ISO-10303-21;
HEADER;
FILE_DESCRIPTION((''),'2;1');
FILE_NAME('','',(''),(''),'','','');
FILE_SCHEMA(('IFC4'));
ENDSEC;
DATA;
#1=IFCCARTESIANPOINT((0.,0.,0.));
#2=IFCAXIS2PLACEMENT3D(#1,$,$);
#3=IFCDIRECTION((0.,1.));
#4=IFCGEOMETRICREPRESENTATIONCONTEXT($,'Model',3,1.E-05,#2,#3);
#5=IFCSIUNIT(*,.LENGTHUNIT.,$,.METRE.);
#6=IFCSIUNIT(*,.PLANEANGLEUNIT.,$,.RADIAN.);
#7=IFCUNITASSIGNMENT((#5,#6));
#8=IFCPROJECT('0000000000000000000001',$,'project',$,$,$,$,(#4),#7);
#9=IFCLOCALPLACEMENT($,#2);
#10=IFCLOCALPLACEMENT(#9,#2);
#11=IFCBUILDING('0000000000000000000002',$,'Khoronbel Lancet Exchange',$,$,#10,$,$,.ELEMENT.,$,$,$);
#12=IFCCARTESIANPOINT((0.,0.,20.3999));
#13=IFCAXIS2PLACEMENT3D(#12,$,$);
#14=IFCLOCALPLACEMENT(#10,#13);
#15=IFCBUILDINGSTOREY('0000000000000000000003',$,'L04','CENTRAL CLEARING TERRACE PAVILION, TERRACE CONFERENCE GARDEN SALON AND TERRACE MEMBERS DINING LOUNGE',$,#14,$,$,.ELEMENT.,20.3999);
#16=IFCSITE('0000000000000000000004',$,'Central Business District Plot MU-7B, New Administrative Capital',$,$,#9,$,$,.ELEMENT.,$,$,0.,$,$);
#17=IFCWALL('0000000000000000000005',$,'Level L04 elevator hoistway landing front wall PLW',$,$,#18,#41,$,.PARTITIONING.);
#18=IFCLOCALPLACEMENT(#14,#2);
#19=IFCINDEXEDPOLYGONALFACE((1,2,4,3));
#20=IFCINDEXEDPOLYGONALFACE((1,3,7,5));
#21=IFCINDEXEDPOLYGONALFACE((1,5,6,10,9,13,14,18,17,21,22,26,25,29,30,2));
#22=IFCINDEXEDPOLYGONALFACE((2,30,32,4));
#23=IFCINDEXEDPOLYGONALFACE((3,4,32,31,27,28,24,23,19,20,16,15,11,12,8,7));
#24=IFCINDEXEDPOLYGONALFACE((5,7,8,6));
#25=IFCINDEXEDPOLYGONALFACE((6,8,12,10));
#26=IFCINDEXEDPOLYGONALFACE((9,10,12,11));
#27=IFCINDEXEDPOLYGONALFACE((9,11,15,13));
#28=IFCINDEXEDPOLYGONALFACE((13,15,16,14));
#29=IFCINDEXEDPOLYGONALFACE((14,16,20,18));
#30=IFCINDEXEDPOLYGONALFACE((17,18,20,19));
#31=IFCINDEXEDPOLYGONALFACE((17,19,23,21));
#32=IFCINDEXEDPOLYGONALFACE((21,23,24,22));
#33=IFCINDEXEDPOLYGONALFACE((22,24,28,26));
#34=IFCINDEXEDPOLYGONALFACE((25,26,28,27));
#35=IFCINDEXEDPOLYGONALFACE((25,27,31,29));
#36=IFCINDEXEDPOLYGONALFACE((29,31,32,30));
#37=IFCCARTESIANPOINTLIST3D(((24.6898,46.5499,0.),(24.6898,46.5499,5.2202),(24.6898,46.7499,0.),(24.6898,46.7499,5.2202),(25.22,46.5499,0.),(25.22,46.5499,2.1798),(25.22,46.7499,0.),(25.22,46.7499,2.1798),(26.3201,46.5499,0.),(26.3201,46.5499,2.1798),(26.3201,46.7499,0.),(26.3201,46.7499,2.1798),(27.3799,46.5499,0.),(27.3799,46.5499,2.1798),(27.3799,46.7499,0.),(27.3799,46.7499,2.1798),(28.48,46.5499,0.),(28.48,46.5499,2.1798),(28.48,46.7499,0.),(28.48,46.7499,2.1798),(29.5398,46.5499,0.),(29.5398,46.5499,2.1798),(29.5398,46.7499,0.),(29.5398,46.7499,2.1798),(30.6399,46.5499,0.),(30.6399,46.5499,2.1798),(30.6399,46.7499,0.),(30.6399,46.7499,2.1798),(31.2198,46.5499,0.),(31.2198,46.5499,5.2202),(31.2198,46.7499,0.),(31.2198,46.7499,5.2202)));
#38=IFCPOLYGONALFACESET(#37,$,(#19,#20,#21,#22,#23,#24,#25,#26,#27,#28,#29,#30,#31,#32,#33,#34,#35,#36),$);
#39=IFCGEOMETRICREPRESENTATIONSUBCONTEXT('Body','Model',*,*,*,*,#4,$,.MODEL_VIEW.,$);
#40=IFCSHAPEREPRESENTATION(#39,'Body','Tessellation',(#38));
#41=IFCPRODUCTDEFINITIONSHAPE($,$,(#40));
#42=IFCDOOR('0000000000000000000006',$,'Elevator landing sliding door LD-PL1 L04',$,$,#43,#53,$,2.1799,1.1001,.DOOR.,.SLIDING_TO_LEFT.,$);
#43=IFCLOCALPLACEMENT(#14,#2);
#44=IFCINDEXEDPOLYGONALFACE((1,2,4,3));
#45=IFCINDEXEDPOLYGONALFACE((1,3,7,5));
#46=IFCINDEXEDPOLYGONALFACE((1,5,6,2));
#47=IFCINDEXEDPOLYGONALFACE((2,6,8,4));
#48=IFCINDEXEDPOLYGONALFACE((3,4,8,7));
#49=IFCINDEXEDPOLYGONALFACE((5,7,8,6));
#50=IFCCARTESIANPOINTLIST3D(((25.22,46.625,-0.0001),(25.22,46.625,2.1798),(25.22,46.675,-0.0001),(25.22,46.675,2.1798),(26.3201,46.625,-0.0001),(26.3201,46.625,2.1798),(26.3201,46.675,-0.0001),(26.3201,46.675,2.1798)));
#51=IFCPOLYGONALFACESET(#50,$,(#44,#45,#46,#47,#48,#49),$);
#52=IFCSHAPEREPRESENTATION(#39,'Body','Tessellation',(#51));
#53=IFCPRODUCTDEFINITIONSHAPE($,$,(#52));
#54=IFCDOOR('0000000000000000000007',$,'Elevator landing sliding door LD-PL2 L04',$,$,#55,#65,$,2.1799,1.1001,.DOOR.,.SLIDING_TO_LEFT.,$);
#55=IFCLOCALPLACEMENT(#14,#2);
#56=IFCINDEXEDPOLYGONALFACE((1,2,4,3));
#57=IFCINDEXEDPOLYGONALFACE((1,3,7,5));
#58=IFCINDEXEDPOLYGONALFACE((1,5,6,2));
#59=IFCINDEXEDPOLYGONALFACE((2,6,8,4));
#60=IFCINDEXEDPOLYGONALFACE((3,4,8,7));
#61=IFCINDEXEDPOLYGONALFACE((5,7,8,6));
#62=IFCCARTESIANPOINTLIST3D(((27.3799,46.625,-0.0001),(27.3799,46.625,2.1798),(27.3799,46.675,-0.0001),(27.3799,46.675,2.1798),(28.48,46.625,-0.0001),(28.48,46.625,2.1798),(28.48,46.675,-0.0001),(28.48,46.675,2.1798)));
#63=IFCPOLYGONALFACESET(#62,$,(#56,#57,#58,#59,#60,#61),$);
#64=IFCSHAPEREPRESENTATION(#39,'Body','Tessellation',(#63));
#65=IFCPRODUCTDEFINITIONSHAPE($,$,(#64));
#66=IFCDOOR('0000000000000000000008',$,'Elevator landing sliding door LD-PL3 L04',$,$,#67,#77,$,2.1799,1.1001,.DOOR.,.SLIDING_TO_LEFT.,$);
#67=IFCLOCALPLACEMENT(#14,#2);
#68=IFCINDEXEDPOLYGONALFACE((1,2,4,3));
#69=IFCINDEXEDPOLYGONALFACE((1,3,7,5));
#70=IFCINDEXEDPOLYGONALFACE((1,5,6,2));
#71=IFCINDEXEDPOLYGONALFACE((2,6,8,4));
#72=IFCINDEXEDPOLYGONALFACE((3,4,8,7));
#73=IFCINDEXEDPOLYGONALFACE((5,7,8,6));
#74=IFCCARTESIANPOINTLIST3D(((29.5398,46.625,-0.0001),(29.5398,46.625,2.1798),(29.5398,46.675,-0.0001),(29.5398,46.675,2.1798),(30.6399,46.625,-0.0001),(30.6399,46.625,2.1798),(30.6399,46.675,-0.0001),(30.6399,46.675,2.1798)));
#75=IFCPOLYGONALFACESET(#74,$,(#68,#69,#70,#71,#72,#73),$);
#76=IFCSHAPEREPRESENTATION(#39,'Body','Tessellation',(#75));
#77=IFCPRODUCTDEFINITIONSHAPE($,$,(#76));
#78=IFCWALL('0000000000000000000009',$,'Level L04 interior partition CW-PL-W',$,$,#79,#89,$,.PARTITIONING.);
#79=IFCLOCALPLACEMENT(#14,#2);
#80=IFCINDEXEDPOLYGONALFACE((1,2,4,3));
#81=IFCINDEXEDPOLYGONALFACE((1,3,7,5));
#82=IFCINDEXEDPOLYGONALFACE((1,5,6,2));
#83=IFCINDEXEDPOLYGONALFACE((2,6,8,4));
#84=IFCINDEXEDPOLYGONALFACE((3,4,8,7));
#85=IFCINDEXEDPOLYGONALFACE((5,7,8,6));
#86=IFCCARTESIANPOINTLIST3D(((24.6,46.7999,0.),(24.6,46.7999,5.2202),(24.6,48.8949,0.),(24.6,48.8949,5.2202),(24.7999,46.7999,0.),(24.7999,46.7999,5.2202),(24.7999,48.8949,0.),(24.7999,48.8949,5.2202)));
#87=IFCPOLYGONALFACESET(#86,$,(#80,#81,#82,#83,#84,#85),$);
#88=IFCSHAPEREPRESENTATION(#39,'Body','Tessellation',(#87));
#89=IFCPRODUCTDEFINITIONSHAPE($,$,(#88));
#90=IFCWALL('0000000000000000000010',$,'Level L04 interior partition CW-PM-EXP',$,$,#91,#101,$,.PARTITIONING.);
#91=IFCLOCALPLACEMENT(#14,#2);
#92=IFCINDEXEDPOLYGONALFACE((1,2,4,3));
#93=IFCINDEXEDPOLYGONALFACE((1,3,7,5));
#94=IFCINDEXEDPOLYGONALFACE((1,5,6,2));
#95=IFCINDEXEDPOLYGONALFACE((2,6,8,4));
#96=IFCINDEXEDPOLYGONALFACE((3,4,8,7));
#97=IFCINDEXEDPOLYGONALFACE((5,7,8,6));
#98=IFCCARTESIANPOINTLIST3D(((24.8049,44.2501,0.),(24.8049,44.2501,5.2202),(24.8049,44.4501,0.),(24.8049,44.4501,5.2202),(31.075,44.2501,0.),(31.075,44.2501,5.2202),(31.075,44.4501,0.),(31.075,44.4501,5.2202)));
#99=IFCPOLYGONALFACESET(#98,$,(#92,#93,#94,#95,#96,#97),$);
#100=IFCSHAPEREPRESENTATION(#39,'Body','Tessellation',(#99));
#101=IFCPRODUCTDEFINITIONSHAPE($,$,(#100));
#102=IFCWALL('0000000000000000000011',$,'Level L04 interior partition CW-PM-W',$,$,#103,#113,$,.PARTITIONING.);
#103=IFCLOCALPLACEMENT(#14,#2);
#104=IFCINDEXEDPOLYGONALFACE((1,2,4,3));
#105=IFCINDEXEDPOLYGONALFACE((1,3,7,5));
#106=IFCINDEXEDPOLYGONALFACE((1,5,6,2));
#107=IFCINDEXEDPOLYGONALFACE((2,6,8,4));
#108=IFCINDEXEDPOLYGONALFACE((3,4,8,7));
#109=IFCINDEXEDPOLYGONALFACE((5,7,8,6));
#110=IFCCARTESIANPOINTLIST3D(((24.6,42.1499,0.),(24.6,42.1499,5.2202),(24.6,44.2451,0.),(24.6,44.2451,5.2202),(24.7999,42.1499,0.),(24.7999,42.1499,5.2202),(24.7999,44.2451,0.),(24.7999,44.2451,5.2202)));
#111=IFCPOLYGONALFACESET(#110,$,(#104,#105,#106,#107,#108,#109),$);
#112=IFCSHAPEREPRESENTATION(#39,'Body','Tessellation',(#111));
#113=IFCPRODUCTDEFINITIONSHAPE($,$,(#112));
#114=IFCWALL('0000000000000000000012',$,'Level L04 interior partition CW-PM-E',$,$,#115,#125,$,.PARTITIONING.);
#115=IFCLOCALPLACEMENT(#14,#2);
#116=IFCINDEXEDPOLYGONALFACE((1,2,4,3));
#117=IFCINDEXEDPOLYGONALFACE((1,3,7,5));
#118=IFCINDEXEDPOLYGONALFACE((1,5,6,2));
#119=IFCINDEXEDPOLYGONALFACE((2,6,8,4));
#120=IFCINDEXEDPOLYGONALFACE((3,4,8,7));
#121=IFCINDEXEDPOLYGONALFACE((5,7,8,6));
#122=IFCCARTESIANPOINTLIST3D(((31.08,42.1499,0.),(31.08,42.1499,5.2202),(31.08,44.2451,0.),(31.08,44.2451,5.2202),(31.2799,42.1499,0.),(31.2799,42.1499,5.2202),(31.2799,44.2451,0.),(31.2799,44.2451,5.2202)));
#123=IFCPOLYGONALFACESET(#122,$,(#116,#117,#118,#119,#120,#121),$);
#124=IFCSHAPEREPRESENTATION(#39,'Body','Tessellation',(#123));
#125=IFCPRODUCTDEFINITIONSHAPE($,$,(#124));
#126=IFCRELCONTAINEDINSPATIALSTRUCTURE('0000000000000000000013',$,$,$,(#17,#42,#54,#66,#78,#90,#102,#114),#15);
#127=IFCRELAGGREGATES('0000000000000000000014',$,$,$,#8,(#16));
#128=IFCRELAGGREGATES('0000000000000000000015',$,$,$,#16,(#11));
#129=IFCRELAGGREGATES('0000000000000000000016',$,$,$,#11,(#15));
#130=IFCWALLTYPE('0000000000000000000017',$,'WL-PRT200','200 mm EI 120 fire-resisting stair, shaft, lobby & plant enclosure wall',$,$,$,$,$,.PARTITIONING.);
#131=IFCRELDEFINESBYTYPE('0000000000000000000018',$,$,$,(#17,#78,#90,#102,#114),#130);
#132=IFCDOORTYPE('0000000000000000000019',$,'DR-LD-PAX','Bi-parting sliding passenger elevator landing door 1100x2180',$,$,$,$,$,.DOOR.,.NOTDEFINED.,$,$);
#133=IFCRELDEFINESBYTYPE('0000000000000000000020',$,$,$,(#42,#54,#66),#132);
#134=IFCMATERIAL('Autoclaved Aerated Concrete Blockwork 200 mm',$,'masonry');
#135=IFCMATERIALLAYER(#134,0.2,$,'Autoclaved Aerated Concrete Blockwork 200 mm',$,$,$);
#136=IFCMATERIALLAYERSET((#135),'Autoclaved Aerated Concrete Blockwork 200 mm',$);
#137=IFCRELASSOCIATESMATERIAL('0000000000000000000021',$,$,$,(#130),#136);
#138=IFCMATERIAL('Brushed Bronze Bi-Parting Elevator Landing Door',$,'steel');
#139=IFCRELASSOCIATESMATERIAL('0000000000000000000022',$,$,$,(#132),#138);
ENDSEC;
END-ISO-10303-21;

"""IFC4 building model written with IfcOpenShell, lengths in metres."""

from ifc_helpers import new_model, si_unit, direction, frame, frame_2d, origin, place, context, subcontext, project, spatial, rectangle, extrude, material, layer, layer_set, type_object, element, fill, save


model = new_model("IFC4")

# Units and contexts
model_context = context("Model", 3, precision=1e-05, world=origin(), true_north=direction((0.0, 1.0)))
body_context = subcontext(model_context, "Body", "Model", "MODEL_VIEW")
ifc_project = project(units=[si_unit("LENGTHUNIT", "METRE"), si_unit("PLANEANGLEUNIT", "RADIAN")], contexts=[model_context])

# Site, building, storey
site_placement = place(None, origin())
site = spatial("IfcSite", under=ifc_project, at=site_placement, Name="Central Business District Plot MU-7B, New Administrative Capital", CompositionType="ELEMENT", RefElevation=0.0)
building_placement = place(site_placement, origin())
building = spatial("IfcBuilding", under=site, at=building_placement, Name="Khoronbel Lancet Exchange", CompositionType="ELEMENT")
storey_placement = place(building_placement, frame((0.0, 0.0, 20.3999)))
storey = spatial("IfcBuildingStorey", under=building, at=storey_placement, Name="L04", Description="CENTRAL CLEARING TERRACE PAVILION, TERRACE CONFERENCE GARDEN SALON AND TERRACE MEMBERS DINING LOUNGE", CompositionType="ELEMENT", Elevation=20.3999)

# Wall, openings, doors
ifc_material_1 = material(Name="Autoclaved Aerated Concrete Blockwork 200 mm", Category="masonry")
ifc_layer_1 = layer(ifc_material_1, 0.2, Name="Autoclaved Aerated Concrete Blockwork 200 mm")
ifc_layer_set_1 = layer_set([ifc_layer_1], Name="Autoclaved Aerated Concrete Blockwork 200 mm")
wall_type_1 = type_object("IfcWallType", Name="WL-PRT200", Description="200 mm EI 120 fire-resisting stair, shaft, lobby & plant enclosure wall", PredefinedType="PARTITIONING", material=ifc_layer_set_1)
wall_1_placement = place(storey_placement, frame((31.22, 46.6499, 0.0), z_axis=(0.0, 0.0, 1.0), x_axis=(-1.0, 0.0, 0.0)))
wall_1 = element("IfcWall", 1, at=wall_1_placement, inside=storey, type_object=wall_type_1, Name="Level L04 elevator hoistway landing front wall PLW", PredefinedType="PARTITIONING", context=body_context, shape_type="SweptSolid", body=[
    extrude(rectangle(XDim=6.53, YDim=0.2, at=frame_2d((3.2651, 0.0))), origin(), (0.0, 0.0, 1.0), 5.2202),
])
opening_1_placement = place(wall_1_placement, frame((4.8999, 0.0, 0.0)))
opening_1 = element("IfcOpeningElement", 2, at=opening_1_placement, cuts=wall_1, PredefinedType="OPENING", context=body_context, shape_type="SweptSolid", body=[
    extrude(rectangle(XDim=1.1001, YDim=2.1799, at=frame_2d((0.55, 1.0898))), frame((0.0, 0.1099, 0.0), z_axis=(0.0, -1.0, 0.0), x_axis=(1.0, 0.0, 0.0)), (0.0, 0.0, 1.0), 0.22),
])
opening_2_placement = place(wall_1_placement, frame((2.74, 0.0, 0.0)))
opening_2 = element("IfcOpeningElement", 3, at=opening_2_placement, cuts=wall_1, PredefinedType="OPENING", context=body_context, shape_type="SweptSolid", body=[
    extrude(rectangle(XDim=1.1001, YDim=2.1799, at=frame_2d((0.55, 1.0898))), frame((0.0, 0.1099, 0.0), z_axis=(0.0, -1.0, 0.0), x_axis=(1.0, 0.0, 0.0)), (0.0, 0.0, 1.0), 0.22),
])
opening_3_placement = place(wall_1_placement, frame((0.5801, 0.0, 0.0)))
opening_3 = element("IfcOpeningElement", 4, at=opening_3_placement, cuts=wall_1, PredefinedType="OPENING", context=body_context, shape_type="SweptSolid", body=[
    extrude(rectangle(XDim=1.1001, YDim=2.1799, at=frame_2d((0.55, 1.0898))), frame((0.0, 0.1099, 0.0), z_axis=(0.0, -1.0, 0.0), x_axis=(1.0, 0.0, 0.0)), (0.0, 0.0, 1.0), 0.22),
])
ifc_material_2 = material(Name="Brushed Bronze Bi-Parting Elevator Landing Door", Category="steel")
door_type_1 = type_object("IfcDoorType", Name="DR-LD-PAX", Description="Bi-parting sliding passenger elevator landing door 1100x2180", OperationType="NOTDEFINED", PredefinedType="DOOR", material=ifc_material_2)
door_1_placement = place(opening_1_placement, origin())
door_1 = element("IfcDoor", 5, at=door_1_placement, inside=storey, type_object=door_type_1, Name="Elevator landing sliding door LD-PL1 L04", OperationType="SLIDING_TO_LEFT", OverallHeight=2.1799, OverallWidth=1.1001, PredefinedType="DOOR", context=body_context, shape_type="SweptSolid", body=[
    extrude(rectangle(XDim=1.1001, YDim=2.1799, at=frame_2d((0.55, 1.0898))), frame((0.0, 0.0249, 0.0), z_axis=(0.0, -1.0, 0.0), x_axis=(1.0, 0.0, 0.0)), (0.0, 0.0, 1.0), 0.05),
])
fill(opening_1, door_1)
door_2_placement = place(opening_2_placement, origin())
door_2 = element("IfcDoor", 6, at=door_2_placement, inside=storey, type_object=door_type_1, Name="Elevator landing sliding door LD-PL2 L04", OperationType="SLIDING_TO_LEFT", OverallHeight=2.1799, OverallWidth=1.1001, PredefinedType="DOOR", context=body_context, shape_type="SweptSolid", body=[
    extrude(rectangle(XDim=1.1001, YDim=2.1799, at=frame_2d((0.55, 1.0898))), frame((0.0, 0.0249, 0.0), z_axis=(0.0, -1.0, 0.0), x_axis=(1.0, 0.0, 0.0)), (0.0, 0.0, 1.0), 0.05),
])
fill(opening_2, door_2)
door_3_placement = place(opening_3_placement, origin())
door_3 = element("IfcDoor", 7, at=door_3_placement, inside=storey, type_object=door_type_1, Name="Elevator landing sliding door LD-PL3 L04", OperationType="SLIDING_TO_LEFT", OverallHeight=2.1799, OverallWidth=1.1001, PredefinedType="DOOR", context=body_context, shape_type="SweptSolid", body=[
    extrude(rectangle(XDim=1.1001, YDim=2.1799, at=frame_2d((0.55, 1.0898))), frame((0.0, 0.0249, 0.0), z_axis=(0.0, -1.0, 0.0), x_axis=(1.0, 0.0, 0.0)), (0.0, 0.0, 1.0), 0.05),
])
fill(opening_3, door_3)

# Walls
wall_2_placement = place(storey_placement, frame((24.7, 46.8, 0.0), z_axis=(0.0, 0.0, 1.0), x_axis=(0.0, 1.0, 0.0)))
element("IfcWall", 8, at=wall_2_placement, inside=storey, type_object=wall_type_1, Name="Level L04 interior partition CW-PL-W", PredefinedType="PARTITIONING", context=body_context, shape_type="SweptSolid", body=[
    extrude(rectangle(XDim=2.095, YDim=0.2, at=frame_2d((1.0474, 0.0))), origin(), (0.0, 0.0, 1.0), 5.2202),
])
wall_3_placement = place(storey_placement, frame((24.8049, 44.3501, 0.0), z_axis=(0.0, 0.0, 1.0), x_axis=(1.0, 0.0, 0.0)))
element("IfcWall", 9, at=wall_3_placement, inside=storey, type_object=wall_type_1, Name="Level L04 interior partition CW-PM-EXP", PredefinedType="PARTITIONING", context=body_context, shape_type="SweptSolid", body=[
    extrude(rectangle(XDim=6.27, YDim=0.2, at=frame_2d((3.135, 0.0))), origin(), (0.0, 0.0, 1.0), 5.2202),
])
for number, where, z_axis, x_axis, name in (
    (10, (24.7, 42.1499, 0.0), (0.0, 0.0, 1.0), (0.0, 1.0, 0.0), "Level L04 interior partition CW-PM-W"),
    (11, (31.1799, 42.1499, 0.0), (0.0, 0.0, 1.0), (0.0, 1.0, 0.0), "Level L04 interior partition CW-PM-E"),
):
    element("IfcWall", number, at=place(storey_placement, frame(where, z_axis=z_axis, x_axis=x_axis)), inside=storey, type_object=wall_type_1, Name=name, PredefinedType="PARTITIONING", context=body_context, shape_type="SweptSolid", body=[
        extrude(rectangle(XDim=2.0952, YDim=0.2, at=frame_2d((1.0476, 0.0))), origin(), (0.0, 0.0, 1.0), 5.2202),
    ])

save(model, "model.ifc")
